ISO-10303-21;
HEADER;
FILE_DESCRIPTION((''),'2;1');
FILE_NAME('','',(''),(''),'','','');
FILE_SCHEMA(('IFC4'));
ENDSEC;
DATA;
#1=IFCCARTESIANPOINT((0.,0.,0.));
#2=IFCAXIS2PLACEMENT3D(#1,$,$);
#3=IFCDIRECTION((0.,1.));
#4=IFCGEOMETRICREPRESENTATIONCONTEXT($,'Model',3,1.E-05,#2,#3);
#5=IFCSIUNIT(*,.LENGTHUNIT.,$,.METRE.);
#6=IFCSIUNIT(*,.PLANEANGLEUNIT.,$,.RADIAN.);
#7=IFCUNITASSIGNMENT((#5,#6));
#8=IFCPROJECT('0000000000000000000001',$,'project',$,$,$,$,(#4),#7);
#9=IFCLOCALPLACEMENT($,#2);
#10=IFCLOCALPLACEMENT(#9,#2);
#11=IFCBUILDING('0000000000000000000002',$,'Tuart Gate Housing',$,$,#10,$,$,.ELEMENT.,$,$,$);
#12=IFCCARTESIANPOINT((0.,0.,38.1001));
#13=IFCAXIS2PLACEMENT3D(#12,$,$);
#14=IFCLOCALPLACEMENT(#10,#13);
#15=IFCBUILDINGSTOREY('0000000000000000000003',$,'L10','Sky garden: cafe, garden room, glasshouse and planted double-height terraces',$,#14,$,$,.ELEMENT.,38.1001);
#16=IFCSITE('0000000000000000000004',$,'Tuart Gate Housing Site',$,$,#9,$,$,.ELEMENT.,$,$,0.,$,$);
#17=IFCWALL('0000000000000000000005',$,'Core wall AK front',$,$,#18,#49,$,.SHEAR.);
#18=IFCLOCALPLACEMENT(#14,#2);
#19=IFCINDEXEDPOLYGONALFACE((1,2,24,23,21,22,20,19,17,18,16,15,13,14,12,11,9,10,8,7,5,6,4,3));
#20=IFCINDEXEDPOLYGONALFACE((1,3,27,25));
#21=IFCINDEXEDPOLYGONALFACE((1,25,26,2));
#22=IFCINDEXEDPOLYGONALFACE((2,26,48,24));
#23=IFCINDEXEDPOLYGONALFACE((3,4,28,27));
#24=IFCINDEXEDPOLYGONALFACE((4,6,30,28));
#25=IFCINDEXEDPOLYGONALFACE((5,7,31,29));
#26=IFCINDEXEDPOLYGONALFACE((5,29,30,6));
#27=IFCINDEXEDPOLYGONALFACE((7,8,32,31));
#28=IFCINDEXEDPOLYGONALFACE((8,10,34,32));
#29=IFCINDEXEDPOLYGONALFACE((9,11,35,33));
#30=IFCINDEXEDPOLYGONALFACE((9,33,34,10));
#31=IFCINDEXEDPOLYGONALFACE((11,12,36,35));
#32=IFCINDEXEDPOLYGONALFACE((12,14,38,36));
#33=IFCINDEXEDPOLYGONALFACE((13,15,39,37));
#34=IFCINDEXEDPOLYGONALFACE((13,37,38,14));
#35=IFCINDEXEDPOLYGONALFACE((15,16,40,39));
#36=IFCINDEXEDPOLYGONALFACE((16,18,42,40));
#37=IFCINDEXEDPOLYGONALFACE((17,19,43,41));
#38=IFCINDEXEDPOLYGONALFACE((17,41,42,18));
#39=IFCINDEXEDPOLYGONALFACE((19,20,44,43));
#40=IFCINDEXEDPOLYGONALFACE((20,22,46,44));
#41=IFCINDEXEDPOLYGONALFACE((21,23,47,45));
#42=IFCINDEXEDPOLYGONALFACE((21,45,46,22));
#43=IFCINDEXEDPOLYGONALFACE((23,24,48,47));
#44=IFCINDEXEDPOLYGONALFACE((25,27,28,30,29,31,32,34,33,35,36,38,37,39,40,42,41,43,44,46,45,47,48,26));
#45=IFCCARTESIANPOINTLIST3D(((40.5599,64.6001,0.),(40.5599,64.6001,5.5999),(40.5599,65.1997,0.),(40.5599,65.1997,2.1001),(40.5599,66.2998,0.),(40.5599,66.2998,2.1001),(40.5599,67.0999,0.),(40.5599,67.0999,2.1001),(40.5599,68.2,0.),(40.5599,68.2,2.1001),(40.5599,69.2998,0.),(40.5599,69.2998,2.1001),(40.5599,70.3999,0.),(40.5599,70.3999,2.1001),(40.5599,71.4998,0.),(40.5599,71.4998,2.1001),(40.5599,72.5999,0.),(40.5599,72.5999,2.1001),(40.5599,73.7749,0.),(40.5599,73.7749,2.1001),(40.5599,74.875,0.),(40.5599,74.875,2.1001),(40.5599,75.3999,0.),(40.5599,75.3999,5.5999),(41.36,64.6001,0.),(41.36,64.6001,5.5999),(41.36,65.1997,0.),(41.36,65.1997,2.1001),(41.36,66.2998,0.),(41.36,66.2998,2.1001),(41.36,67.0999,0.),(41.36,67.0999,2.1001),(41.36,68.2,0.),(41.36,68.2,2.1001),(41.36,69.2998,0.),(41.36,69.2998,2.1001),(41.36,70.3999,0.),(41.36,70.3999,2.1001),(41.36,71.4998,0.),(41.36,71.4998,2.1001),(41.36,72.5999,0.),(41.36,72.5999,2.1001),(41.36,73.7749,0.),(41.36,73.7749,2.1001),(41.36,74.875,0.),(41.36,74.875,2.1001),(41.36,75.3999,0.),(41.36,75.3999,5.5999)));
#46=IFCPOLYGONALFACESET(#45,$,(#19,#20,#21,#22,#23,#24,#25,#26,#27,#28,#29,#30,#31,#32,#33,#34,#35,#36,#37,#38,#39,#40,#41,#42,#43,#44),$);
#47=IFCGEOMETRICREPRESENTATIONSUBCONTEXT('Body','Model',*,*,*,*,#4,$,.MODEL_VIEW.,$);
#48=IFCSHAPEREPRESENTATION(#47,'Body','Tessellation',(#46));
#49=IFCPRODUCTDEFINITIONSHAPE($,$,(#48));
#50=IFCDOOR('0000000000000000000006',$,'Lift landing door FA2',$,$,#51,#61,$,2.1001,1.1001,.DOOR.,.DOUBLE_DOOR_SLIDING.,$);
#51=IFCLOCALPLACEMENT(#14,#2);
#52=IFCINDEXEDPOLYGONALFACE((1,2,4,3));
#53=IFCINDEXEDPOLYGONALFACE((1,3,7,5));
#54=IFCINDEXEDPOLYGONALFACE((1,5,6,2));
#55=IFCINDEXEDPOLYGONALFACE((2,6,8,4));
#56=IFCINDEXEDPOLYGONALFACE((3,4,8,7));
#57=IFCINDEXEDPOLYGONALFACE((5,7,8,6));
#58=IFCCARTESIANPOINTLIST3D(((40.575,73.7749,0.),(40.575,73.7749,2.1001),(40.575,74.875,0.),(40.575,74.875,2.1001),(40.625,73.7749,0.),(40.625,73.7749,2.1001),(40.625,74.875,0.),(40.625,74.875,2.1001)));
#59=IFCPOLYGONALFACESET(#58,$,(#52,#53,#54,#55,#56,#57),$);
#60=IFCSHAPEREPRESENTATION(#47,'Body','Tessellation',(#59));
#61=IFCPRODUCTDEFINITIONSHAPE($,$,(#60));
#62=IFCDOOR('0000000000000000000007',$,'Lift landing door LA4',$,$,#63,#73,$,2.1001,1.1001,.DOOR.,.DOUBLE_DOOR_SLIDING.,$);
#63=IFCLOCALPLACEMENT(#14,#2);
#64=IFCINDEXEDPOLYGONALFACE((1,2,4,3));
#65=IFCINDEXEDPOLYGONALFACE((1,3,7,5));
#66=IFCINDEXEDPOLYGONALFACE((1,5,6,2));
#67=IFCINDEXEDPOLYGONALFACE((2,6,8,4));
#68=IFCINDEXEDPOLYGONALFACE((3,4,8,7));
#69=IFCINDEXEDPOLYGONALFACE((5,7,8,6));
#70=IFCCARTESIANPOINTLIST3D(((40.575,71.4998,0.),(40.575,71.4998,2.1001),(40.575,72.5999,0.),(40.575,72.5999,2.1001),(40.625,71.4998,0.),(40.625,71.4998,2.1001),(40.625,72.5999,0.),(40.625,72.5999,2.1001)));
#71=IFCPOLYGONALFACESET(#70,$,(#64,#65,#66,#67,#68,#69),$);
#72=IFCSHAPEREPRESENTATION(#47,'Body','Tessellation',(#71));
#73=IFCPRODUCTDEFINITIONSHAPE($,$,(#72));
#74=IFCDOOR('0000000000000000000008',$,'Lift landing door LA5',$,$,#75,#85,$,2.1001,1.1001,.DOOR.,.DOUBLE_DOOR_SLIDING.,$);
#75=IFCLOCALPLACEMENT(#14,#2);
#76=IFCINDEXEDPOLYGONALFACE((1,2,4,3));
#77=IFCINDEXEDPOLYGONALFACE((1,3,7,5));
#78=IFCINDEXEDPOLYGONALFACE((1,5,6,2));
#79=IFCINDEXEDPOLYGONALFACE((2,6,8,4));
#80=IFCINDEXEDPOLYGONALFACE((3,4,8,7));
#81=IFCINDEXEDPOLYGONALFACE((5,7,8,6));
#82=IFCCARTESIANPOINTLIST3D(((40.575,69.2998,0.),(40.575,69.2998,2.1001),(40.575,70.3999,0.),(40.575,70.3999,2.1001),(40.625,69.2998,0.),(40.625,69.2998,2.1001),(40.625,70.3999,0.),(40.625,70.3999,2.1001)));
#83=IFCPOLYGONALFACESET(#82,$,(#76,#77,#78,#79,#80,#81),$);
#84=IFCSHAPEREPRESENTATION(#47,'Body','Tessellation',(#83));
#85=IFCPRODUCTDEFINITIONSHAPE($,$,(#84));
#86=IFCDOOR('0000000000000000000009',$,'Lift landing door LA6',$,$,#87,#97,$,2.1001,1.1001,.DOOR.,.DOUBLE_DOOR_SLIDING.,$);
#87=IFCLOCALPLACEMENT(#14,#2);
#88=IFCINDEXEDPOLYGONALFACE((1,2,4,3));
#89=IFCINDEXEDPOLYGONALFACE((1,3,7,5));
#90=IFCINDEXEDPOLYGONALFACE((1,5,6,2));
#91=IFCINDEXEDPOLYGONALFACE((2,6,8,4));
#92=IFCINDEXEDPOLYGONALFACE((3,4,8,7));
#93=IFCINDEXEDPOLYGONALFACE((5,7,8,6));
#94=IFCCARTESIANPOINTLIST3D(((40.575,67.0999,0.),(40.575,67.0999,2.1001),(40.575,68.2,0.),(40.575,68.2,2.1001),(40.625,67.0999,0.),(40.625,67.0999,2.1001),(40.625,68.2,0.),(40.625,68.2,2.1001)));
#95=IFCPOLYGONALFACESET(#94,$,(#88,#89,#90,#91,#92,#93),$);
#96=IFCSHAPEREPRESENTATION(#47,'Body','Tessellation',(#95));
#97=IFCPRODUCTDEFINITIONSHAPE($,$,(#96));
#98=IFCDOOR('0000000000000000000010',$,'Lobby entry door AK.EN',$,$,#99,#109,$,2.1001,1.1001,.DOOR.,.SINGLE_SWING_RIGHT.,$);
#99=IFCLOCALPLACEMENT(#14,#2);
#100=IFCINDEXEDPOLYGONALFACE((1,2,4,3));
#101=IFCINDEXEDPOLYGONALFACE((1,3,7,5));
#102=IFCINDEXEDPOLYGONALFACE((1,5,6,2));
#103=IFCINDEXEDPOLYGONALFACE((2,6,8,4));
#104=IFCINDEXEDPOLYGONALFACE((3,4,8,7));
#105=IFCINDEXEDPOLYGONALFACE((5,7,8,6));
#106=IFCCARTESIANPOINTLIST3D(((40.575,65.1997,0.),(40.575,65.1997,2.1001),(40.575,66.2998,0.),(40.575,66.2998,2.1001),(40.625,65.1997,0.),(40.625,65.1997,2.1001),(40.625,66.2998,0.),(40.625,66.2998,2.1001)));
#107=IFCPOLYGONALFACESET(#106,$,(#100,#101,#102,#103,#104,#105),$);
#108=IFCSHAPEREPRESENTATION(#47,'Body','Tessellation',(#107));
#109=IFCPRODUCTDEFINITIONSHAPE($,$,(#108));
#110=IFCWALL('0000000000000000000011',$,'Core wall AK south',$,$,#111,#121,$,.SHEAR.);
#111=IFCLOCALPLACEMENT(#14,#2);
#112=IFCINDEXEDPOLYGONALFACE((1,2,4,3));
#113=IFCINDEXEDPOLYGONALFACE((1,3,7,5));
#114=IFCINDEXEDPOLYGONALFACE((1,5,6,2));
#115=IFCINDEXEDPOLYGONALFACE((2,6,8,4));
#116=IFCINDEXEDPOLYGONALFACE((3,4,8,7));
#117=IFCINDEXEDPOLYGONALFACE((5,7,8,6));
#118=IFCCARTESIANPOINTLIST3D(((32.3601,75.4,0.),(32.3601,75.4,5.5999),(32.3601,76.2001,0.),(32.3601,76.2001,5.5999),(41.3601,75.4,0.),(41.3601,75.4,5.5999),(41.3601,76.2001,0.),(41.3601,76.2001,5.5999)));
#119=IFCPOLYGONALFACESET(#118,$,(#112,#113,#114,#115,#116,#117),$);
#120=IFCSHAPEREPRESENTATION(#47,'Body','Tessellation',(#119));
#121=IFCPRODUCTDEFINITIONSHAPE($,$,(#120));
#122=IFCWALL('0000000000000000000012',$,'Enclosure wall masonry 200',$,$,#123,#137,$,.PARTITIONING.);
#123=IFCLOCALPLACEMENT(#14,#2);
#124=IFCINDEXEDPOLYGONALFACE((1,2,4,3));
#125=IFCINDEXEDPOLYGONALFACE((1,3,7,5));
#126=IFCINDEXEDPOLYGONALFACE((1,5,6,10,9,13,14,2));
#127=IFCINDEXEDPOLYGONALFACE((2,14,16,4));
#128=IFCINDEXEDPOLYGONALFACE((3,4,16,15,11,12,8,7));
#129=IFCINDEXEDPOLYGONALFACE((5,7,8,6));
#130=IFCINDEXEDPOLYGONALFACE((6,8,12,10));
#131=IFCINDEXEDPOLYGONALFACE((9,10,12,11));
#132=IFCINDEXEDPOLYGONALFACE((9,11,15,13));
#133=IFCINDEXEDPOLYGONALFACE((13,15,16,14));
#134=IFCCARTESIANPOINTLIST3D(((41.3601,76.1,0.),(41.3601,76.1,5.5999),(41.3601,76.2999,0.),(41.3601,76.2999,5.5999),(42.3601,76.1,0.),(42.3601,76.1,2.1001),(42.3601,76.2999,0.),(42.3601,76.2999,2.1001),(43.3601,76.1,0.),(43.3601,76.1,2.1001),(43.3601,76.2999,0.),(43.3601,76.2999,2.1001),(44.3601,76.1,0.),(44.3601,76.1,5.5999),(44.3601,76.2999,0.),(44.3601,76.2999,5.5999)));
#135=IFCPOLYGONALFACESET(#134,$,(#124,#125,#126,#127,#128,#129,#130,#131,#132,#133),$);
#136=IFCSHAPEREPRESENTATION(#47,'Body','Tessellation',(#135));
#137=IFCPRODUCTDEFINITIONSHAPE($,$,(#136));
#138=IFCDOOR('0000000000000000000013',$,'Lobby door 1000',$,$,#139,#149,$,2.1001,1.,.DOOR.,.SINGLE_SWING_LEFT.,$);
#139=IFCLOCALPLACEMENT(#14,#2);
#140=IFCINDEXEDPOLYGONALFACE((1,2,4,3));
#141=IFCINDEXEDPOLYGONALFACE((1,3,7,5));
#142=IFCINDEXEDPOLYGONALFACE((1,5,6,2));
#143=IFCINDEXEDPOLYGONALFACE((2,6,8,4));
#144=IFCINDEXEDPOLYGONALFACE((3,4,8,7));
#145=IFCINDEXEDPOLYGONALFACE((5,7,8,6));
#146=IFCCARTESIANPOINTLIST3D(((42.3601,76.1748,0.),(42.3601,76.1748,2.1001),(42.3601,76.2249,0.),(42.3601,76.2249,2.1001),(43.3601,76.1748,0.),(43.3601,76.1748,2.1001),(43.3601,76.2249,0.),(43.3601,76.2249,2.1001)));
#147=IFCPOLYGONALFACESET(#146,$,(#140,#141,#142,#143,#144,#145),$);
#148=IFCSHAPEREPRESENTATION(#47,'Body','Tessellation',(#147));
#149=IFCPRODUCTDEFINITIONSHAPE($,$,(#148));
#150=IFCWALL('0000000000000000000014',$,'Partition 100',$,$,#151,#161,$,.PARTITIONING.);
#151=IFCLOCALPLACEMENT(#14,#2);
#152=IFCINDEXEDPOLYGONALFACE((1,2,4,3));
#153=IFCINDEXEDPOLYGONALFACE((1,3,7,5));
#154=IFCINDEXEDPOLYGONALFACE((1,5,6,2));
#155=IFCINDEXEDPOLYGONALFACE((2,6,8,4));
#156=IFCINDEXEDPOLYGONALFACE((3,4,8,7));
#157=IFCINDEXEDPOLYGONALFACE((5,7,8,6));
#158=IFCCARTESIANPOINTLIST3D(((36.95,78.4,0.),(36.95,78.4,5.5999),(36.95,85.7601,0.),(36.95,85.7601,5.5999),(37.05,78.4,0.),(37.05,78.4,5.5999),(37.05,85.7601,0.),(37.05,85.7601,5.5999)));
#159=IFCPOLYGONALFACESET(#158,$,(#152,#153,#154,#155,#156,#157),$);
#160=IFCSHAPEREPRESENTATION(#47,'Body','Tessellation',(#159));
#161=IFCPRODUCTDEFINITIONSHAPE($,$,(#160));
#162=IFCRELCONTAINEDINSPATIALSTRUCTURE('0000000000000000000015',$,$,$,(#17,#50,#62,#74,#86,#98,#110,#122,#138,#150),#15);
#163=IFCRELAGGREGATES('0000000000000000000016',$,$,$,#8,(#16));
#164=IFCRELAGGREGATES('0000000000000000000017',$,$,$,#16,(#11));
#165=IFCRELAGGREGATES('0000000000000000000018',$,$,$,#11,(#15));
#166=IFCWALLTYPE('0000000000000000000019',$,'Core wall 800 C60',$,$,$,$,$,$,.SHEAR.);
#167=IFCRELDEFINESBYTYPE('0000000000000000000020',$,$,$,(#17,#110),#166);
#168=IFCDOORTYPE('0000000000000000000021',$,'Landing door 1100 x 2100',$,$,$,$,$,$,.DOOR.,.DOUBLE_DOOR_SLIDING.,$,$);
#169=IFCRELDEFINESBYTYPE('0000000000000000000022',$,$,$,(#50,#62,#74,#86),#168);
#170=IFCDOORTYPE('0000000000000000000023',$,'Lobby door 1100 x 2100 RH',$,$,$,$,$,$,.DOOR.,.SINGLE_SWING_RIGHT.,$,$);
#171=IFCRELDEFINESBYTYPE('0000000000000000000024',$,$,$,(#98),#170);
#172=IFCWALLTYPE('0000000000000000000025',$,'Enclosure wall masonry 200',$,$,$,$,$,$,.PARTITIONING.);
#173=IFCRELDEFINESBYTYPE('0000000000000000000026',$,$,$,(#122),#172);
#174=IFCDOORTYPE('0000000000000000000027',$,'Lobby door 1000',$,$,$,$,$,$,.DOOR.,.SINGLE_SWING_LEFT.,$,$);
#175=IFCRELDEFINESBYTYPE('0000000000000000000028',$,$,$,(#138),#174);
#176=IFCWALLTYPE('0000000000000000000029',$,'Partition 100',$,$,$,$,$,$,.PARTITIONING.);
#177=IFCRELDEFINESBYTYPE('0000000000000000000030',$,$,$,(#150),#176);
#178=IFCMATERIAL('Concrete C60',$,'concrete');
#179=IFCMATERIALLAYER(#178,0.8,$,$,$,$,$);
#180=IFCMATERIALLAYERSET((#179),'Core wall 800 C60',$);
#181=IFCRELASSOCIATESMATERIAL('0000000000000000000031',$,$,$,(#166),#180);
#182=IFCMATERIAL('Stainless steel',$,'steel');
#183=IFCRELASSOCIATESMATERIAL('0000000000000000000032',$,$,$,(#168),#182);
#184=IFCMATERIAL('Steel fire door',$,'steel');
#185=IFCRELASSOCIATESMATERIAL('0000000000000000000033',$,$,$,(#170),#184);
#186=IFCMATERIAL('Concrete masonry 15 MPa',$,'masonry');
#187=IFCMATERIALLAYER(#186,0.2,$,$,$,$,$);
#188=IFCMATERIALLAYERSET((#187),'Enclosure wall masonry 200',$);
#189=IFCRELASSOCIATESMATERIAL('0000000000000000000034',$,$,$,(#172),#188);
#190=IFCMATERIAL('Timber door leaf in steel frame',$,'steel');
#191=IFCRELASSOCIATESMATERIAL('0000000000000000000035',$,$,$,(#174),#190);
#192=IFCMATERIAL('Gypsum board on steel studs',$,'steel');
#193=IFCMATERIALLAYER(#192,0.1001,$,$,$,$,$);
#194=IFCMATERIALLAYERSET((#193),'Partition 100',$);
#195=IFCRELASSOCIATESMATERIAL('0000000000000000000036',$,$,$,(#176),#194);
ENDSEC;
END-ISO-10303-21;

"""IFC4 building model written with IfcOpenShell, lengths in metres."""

from ifc_helpers import new_model, si_unit, direction, frame, frame_2d, origin, place, context, subcontext, project, spatial, rectangle, extrude, material, layer, layer_set, type_object, element, fill, save


model = new_model("IFC4")

# Units and contexts
model_context = context("Model", 3, precision=1e-05, world=origin(), true_north=direction((0.0, 1.0)))
body_context = subcontext(model_context, "Body", "Model", "MODEL_VIEW")
ifc_project = project(units=[si_unit("LENGTHUNIT", "METRE"), si_unit("PLANEANGLEUNIT", "RADIAN")], contexts=[model_context])

# Site, building, storey
site_placement = place(None, origin())
site = spatial("IfcSite", under=ifc_project, at=site_placement, Name="Tuart Gate Housing Site", CompositionType="ELEMENT", RefElevation=0.0)
building_placement = place(site_placement, origin())
building = spatial("IfcBuilding", under=site, at=building_placement, Name="Tuart Gate Housing", CompositionType="ELEMENT")
storey_placement = place(building_placement, frame((0.0, 0.0, 38.1001)))
storey = spatial("IfcBuildingStorey", under=building, at=storey_placement, Name="L10", Description="Sky garden: cafe, garden room, glasshouse and planted double-height terraces", CompositionType="ELEMENT", Elevation=38.1001)

# Wall, openings, doors
ifc_material_1 = material(Name="Concrete C60", Category="concrete")
ifc_layer_1 = layer(ifc_material_1, 0.8)
ifc_layer_set_1 = layer_set([ifc_layer_1], Name="Core wall 800 C60")
wall_type_1 = type_object("IfcWallType", Name="Core wall 800 C60", PredefinedType="SHEAR", material=ifc_layer_set_1)
wall_1_placement = place(storey_placement, frame((40.96, 75.3999, 0.0), z_axis=(0.0, 0.0, 1.0), x_axis=(0.0, -1.0, 0.0)))
wall_1 = element("IfcWall", 1, at=wall_1_placement, inside=storey, type_object=wall_type_1, Name="Core wall AK front", PredefinedType="SHEAR", context=body_context, shape_type="SweptSolid", body=[
    extrude(rectangle(XDim=10.7998, YDim=0.8, at=frame_2d((5.3999, 0.0))), origin(), (0.0, 0.0, 1.0), 5.5999),
])
opening_1_placement = place(wall_1_placement, frame((0.5249, 0.0, 0.0)))
opening_1 = element("IfcOpeningElement", 2, at=opening_1_placement, cuts=wall_1, PredefinedType="OPENING", context=body_context, shape_type="SweptSolid", body=[
    extrude(rectangle(XDim=1.1001, YDim=2.1001, at=frame_2d((0.55, 1.05))), frame((0.0, 0.4099, 0.0), z_axis=(0.0, -1.0, 0.0), x_axis=(1.0, 0.0, 0.0)), (0.0, 0.0, 1.0), 0.8201),
])
opening_2_placement = place(wall_1_placement, frame((2.8, 0.0, 0.0)))
opening_2 = element("IfcOpeningElement", 3, at=opening_2_placement, cuts=wall_1, PredefinedType="OPENING", context=body_context, shape_type="SweptSolid", body=[
    extrude(rectangle(XDim=1.1001, YDim=2.1001, at=frame_2d((0.55, 1.05))), frame((0.0, 0.4099, 0.0), z_axis=(0.0, -1.0, 0.0), x_axis=(1.0, 0.0, 0.0)), (0.0, 0.0, 1.0), 0.8201),
])
opening_3_placement = place(wall_1_placement, frame((5.0, 0.0, 0.0)))
opening_3 = element("IfcOpeningElement", 4, at=opening_3_placement, cuts=wall_1, PredefinedType="OPENING", context=body_context, shape_type="SweptSolid", body=[
    extrude(rectangle(XDim=1.1001, YDim=2.1001, at=frame_2d((0.55, 1.05))), frame((0.0, 0.4099, 0.0), z_axis=(0.0, -1.0, 0.0), x_axis=(1.0, 0.0, 0.0)), (0.0, 0.0, 1.0), 0.8201),
])
opening_4_placement = place(wall_1_placement, frame((7.2, 0.0, 0.0)))
opening_4 = element("IfcOpeningElement", 5, at=opening_4_placement, cuts=wall_1, PredefinedType="OPENING", context=body_context, shape_type="SweptSolid", body=[
    extrude(rectangle(XDim=1.1001, YDim=2.1001, at=frame_2d((0.55, 1.05))), frame((0.0, 0.4099, 0.0), z_axis=(0.0, -1.0, 0.0), x_axis=(1.0, 0.0, 0.0)), (0.0, 0.0, 1.0), 0.8201),
])
opening_5_placement = place(wall_1_placement, frame((9.1001, 0.0, 0.0)))
opening_5 = element("IfcOpeningElement", 6, at=opening_5_placement, cuts=wall_1, PredefinedType="OPENING", context=body_context, shape_type="SweptSolid", body=[
    extrude(rectangle(XDim=1.1001, YDim=2.1001, at=frame_2d((0.55, 1.05))), frame((0.0, 0.4099, 0.0), z_axis=(0.0, -1.0, 0.0), x_axis=(1.0, 0.0, 0.0)), (0.0, 0.0, 1.0), 0.8201),
])
ifc_material_2 = material(Name="Stainless steel", Category="steel")
door_type_1 = type_object("IfcDoorType", Name="Landing door 1100 x 2100", OperationType="DOUBLE_DOOR_SLIDING", PredefinedType="DOOR", material=ifc_material_2)
door_1_placement = place(opening_1_placement, origin())
door_1 = element("IfcDoor", 7, at=door_1_placement, inside=storey, type_object=door_type_1, Name="Lift landing door FA2", OperationType="DOUBLE_DOOR_SLIDING", OverallHeight=2.1001, OverallWidth=1.1001, PredefinedType="DOOR", context=body_context, shape_type="SweptSolid", body=[
    extrude(rectangle(XDim=1.1001, YDim=2.1001, at=frame_2d((0.55, 1.05))), frame((0.0, -0.335, 0.0), z_axis=(0.0, -1.0, 0.0), x_axis=(1.0, 0.0, 0.0)), (0.0, 0.0, 1.0), 0.05),
])
fill(opening_1, door_1)
door_2_placement = place(opening_2_placement, origin())
door_2 = element("IfcDoor", 8, at=door_2_placement, inside=storey, type_object=door_type_1, Name="Lift landing door LA4", OperationType="DOUBLE_DOOR_SLIDING", OverallHeight=2.1001, OverallWidth=1.1001, PredefinedType="DOOR", context=body_context, shape_type="SweptSolid", body=[
    extrude(rectangle(XDim=1.1001, YDim=2.1001, at=frame_2d((0.55, 1.05))), frame((0.0, -0.335, 0.0), z_axis=(0.0, -1.0, 0.0), x_axis=(1.0, 0.0, 0.0)), (0.0, 0.0, 1.0), 0.05),
])
fill(opening_2, door_2)
door_3_placement = place(opening_3_placement, origin())
door_3 = element("IfcDoor", 9, at=door_3_placement, inside=storey, type_object=door_type_1, Name="Lift landing door LA5", OperationType="DOUBLE_DOOR_SLIDING", OverallHeight=2.1001, OverallWidth=1.1001, PredefinedType="DOOR", context=body_context, shape_type="SweptSolid", body=[
    extrude(rectangle(XDim=1.1001, YDim=2.1001, at=frame_2d((0.55, 1.05))), frame((0.0, -0.335, 0.0), z_axis=(0.0, -1.0, 0.0), x_axis=(1.0, 0.0, 0.0)), (0.0, 0.0, 1.0), 0.05),
])
fill(opening_3, door_3)
door_4_placement = place(opening_4_placement, origin())
door_4 = element("IfcDoor", 10, at=door_4_placement, inside=storey, type_object=door_type_1, Name="Lift landing door LA6", OperationType="DOUBLE_DOOR_SLIDING", OverallHeight=2.1001, OverallWidth=1.1001, PredefinedType="DOOR", context=body_context, shape_type="SweptSolid", body=[
    extrude(rectangle(XDim=1.1001, YDim=2.1001, at=frame_2d((0.55, 1.05))), frame((0.0, -0.335, 0.0), z_axis=(0.0, -1.0, 0.0), x_axis=(1.0, 0.0, 0.0)), (0.0, 0.0, 1.0), 0.05),
])
fill(opening_4, door_4)
ifc_material_3 = material(Name="Steel fire door", Category="steel")
door_type_2 = type_object("IfcDoorType", Name="Lobby door 1100 x 2100 RH", OperationType="SINGLE_SWING_RIGHT", PredefinedType="DOOR", material=ifc_material_3)
door_5_placement = place(opening_5_placement, frame((1.1001, 0.0, 0.0), z_axis=(0.0, 0.0, 1.0), x_axis=(-1.0, 0.0, 0.0)))
door_5 = element("IfcDoor", 11, at=door_5_placement, inside=storey, type_object=door_type_2, Name="Lobby entry door AK.EN", OperationType="SINGLE_SWING_RIGHT", OverallHeight=2.1001, OverallWidth=1.1001, PredefinedType="DOOR", context=body_context, shape_type="SweptSolid", body=[
    extrude(rectangle(XDim=1.1001, YDim=2.1001, at=frame_2d((0.55, 1.05))), frame((0.0, 0.385, 0.0), z_axis=(0.0, -1.0, 0.0), x_axis=(1.0, 0.0, 0.0)), (0.0, 0.0, 1.0), 0.05),
])
fill(opening_5, door_5)

# Wall
wall_2_placement = place(storey_placement, frame((41.3601, 75.8, 0.0), z_axis=(0.0, 0.0, 1.0), x_axis=(-1.0, 0.0, 0.0)))
element("IfcWall", 12, at=wall_2_placement, inside=storey, type_object=wall_type_1, Name="Core wall AK south", PredefinedType="SHEAR", context=body_context, shape_type="SweptSolid", body=[
    extrude(rectangle(XDim=9.0, YDim=0.8, at=frame_2d((4.5, 0.0))), origin(), (0.0, 0.0, 1.0), 5.5999),
])

# Wall, opening, door
ifc_material_4 = material(Name="Concrete masonry 15 MPa", Category="masonry")
ifc_layer_2 = layer(ifc_material_4, 0.2)
ifc_layer_set_2 = layer_set([ifc_layer_2], Name="Enclosure wall masonry 200")
wall_type_2 = type_object("IfcWallType", Name="Enclosure wall masonry 200", PredefinedType="PARTITIONING", material=ifc_layer_set_2)
wall_3_placement = place(storey_placement, frame((41.3601, 76.2, 0.0), z_axis=(0.0, 0.0, 1.0), x_axis=(1.0, 0.0, 0.0)))
wall_3 = element("IfcWall", 13, at=wall_3_placement, inside=storey, type_object=wall_type_2, Name="Enclosure wall masonry 200", PredefinedType="PARTITIONING", context=body_context, shape_type="SweptSolid", body=[
    extrude(rectangle(XDim=3.0, YDim=0.2, at=frame_2d((1.5, 0.0))), origin(), (0.0, 0.0, 1.0), 5.5999),
])
opening_6_placement = place(wall_3_placement, frame((1.0, 0.0, 0.0)))
opening_6 = element("IfcOpeningElement", 14, at=opening_6_placement, cuts=wall_3, PredefinedType="OPENING", context=body_context, shape_type="SweptSolid", body=[
    extrude(rectangle(XDim=1.0, YDim=2.1001, at=frame_2d((0.5, 1.05))), frame((0.0, 0.1099, 0.0), z_axis=(0.0, -1.0, 0.0), x_axis=(1.0, 0.0, 0.0)), (0.0, 0.0, 1.0), 0.22),
])
ifc_material_5 = material(Name="Timber door leaf in steel frame", Category="steel")
door_type_3 = type_object("IfcDoorType", Name="Lobby door 1000", OperationType="SINGLE_SWING_LEFT", PredefinedType="DOOR", material=ifc_material_5)
door_6_placement = place(opening_6_placement, frame((1.0, 0.0, 0.0), z_axis=(0.0, 0.0, 1.0), x_axis=(-1.0, 0.0, 0.0)))
door_6 = element("IfcDoor", 15, at=door_6_placement, inside=storey, type_object=door_type_3, Name="Lobby door 1000", OperationType="SINGLE_SWING_LEFT", OverallHeight=2.1001, OverallWidth=1.0, PredefinedType="DOOR", context=body_context, shape_type="SweptSolid", body=[
    extrude(rectangle(XDim=1.0, YDim=2.1001, at=frame_2d((0.5, 1.05))), frame((0.0, 0.0251, 0.0), z_axis=(0.0, -1.0, 0.0), x_axis=(1.0, 0.0, 0.0)), (0.0, 0.0, 1.0), 0.05),
])
fill(opening_6, door_6)

# Wall
ifc_material_6 = material(Name="Gypsum board on steel studs", Category="steel")
ifc_layer_3 = layer(ifc_material_6, 0.1001)
ifc_layer_set_3 = layer_set([ifc_layer_3], Name="Partition 100")
wall_type_3 = type_object("IfcWallType", Name="Partition 100", PredefinedType="PARTITIONING", material=ifc_layer_set_3)
wall_4_placement = place(storey_placement, frame((37.0, 78.3999, 0.0), z_axis=(0.0, 0.0, 1.0), x_axis=(0.0, 1.0, 0.0)))
element("IfcWall", 16, at=wall_4_placement, inside=storey, type_object=wall_type_3, Name="Partition 100", PredefinedType="PARTITIONING", context=body_context, shape_type="SweptSolid", body=[
    extrude(rectangle(XDim=7.3601, YDim=0.1001, at=frame_2d((3.6802, 0.0))), origin(), (0.0, 0.0, 1.0), 5.5999),
])

save(model, "model.ifc")
